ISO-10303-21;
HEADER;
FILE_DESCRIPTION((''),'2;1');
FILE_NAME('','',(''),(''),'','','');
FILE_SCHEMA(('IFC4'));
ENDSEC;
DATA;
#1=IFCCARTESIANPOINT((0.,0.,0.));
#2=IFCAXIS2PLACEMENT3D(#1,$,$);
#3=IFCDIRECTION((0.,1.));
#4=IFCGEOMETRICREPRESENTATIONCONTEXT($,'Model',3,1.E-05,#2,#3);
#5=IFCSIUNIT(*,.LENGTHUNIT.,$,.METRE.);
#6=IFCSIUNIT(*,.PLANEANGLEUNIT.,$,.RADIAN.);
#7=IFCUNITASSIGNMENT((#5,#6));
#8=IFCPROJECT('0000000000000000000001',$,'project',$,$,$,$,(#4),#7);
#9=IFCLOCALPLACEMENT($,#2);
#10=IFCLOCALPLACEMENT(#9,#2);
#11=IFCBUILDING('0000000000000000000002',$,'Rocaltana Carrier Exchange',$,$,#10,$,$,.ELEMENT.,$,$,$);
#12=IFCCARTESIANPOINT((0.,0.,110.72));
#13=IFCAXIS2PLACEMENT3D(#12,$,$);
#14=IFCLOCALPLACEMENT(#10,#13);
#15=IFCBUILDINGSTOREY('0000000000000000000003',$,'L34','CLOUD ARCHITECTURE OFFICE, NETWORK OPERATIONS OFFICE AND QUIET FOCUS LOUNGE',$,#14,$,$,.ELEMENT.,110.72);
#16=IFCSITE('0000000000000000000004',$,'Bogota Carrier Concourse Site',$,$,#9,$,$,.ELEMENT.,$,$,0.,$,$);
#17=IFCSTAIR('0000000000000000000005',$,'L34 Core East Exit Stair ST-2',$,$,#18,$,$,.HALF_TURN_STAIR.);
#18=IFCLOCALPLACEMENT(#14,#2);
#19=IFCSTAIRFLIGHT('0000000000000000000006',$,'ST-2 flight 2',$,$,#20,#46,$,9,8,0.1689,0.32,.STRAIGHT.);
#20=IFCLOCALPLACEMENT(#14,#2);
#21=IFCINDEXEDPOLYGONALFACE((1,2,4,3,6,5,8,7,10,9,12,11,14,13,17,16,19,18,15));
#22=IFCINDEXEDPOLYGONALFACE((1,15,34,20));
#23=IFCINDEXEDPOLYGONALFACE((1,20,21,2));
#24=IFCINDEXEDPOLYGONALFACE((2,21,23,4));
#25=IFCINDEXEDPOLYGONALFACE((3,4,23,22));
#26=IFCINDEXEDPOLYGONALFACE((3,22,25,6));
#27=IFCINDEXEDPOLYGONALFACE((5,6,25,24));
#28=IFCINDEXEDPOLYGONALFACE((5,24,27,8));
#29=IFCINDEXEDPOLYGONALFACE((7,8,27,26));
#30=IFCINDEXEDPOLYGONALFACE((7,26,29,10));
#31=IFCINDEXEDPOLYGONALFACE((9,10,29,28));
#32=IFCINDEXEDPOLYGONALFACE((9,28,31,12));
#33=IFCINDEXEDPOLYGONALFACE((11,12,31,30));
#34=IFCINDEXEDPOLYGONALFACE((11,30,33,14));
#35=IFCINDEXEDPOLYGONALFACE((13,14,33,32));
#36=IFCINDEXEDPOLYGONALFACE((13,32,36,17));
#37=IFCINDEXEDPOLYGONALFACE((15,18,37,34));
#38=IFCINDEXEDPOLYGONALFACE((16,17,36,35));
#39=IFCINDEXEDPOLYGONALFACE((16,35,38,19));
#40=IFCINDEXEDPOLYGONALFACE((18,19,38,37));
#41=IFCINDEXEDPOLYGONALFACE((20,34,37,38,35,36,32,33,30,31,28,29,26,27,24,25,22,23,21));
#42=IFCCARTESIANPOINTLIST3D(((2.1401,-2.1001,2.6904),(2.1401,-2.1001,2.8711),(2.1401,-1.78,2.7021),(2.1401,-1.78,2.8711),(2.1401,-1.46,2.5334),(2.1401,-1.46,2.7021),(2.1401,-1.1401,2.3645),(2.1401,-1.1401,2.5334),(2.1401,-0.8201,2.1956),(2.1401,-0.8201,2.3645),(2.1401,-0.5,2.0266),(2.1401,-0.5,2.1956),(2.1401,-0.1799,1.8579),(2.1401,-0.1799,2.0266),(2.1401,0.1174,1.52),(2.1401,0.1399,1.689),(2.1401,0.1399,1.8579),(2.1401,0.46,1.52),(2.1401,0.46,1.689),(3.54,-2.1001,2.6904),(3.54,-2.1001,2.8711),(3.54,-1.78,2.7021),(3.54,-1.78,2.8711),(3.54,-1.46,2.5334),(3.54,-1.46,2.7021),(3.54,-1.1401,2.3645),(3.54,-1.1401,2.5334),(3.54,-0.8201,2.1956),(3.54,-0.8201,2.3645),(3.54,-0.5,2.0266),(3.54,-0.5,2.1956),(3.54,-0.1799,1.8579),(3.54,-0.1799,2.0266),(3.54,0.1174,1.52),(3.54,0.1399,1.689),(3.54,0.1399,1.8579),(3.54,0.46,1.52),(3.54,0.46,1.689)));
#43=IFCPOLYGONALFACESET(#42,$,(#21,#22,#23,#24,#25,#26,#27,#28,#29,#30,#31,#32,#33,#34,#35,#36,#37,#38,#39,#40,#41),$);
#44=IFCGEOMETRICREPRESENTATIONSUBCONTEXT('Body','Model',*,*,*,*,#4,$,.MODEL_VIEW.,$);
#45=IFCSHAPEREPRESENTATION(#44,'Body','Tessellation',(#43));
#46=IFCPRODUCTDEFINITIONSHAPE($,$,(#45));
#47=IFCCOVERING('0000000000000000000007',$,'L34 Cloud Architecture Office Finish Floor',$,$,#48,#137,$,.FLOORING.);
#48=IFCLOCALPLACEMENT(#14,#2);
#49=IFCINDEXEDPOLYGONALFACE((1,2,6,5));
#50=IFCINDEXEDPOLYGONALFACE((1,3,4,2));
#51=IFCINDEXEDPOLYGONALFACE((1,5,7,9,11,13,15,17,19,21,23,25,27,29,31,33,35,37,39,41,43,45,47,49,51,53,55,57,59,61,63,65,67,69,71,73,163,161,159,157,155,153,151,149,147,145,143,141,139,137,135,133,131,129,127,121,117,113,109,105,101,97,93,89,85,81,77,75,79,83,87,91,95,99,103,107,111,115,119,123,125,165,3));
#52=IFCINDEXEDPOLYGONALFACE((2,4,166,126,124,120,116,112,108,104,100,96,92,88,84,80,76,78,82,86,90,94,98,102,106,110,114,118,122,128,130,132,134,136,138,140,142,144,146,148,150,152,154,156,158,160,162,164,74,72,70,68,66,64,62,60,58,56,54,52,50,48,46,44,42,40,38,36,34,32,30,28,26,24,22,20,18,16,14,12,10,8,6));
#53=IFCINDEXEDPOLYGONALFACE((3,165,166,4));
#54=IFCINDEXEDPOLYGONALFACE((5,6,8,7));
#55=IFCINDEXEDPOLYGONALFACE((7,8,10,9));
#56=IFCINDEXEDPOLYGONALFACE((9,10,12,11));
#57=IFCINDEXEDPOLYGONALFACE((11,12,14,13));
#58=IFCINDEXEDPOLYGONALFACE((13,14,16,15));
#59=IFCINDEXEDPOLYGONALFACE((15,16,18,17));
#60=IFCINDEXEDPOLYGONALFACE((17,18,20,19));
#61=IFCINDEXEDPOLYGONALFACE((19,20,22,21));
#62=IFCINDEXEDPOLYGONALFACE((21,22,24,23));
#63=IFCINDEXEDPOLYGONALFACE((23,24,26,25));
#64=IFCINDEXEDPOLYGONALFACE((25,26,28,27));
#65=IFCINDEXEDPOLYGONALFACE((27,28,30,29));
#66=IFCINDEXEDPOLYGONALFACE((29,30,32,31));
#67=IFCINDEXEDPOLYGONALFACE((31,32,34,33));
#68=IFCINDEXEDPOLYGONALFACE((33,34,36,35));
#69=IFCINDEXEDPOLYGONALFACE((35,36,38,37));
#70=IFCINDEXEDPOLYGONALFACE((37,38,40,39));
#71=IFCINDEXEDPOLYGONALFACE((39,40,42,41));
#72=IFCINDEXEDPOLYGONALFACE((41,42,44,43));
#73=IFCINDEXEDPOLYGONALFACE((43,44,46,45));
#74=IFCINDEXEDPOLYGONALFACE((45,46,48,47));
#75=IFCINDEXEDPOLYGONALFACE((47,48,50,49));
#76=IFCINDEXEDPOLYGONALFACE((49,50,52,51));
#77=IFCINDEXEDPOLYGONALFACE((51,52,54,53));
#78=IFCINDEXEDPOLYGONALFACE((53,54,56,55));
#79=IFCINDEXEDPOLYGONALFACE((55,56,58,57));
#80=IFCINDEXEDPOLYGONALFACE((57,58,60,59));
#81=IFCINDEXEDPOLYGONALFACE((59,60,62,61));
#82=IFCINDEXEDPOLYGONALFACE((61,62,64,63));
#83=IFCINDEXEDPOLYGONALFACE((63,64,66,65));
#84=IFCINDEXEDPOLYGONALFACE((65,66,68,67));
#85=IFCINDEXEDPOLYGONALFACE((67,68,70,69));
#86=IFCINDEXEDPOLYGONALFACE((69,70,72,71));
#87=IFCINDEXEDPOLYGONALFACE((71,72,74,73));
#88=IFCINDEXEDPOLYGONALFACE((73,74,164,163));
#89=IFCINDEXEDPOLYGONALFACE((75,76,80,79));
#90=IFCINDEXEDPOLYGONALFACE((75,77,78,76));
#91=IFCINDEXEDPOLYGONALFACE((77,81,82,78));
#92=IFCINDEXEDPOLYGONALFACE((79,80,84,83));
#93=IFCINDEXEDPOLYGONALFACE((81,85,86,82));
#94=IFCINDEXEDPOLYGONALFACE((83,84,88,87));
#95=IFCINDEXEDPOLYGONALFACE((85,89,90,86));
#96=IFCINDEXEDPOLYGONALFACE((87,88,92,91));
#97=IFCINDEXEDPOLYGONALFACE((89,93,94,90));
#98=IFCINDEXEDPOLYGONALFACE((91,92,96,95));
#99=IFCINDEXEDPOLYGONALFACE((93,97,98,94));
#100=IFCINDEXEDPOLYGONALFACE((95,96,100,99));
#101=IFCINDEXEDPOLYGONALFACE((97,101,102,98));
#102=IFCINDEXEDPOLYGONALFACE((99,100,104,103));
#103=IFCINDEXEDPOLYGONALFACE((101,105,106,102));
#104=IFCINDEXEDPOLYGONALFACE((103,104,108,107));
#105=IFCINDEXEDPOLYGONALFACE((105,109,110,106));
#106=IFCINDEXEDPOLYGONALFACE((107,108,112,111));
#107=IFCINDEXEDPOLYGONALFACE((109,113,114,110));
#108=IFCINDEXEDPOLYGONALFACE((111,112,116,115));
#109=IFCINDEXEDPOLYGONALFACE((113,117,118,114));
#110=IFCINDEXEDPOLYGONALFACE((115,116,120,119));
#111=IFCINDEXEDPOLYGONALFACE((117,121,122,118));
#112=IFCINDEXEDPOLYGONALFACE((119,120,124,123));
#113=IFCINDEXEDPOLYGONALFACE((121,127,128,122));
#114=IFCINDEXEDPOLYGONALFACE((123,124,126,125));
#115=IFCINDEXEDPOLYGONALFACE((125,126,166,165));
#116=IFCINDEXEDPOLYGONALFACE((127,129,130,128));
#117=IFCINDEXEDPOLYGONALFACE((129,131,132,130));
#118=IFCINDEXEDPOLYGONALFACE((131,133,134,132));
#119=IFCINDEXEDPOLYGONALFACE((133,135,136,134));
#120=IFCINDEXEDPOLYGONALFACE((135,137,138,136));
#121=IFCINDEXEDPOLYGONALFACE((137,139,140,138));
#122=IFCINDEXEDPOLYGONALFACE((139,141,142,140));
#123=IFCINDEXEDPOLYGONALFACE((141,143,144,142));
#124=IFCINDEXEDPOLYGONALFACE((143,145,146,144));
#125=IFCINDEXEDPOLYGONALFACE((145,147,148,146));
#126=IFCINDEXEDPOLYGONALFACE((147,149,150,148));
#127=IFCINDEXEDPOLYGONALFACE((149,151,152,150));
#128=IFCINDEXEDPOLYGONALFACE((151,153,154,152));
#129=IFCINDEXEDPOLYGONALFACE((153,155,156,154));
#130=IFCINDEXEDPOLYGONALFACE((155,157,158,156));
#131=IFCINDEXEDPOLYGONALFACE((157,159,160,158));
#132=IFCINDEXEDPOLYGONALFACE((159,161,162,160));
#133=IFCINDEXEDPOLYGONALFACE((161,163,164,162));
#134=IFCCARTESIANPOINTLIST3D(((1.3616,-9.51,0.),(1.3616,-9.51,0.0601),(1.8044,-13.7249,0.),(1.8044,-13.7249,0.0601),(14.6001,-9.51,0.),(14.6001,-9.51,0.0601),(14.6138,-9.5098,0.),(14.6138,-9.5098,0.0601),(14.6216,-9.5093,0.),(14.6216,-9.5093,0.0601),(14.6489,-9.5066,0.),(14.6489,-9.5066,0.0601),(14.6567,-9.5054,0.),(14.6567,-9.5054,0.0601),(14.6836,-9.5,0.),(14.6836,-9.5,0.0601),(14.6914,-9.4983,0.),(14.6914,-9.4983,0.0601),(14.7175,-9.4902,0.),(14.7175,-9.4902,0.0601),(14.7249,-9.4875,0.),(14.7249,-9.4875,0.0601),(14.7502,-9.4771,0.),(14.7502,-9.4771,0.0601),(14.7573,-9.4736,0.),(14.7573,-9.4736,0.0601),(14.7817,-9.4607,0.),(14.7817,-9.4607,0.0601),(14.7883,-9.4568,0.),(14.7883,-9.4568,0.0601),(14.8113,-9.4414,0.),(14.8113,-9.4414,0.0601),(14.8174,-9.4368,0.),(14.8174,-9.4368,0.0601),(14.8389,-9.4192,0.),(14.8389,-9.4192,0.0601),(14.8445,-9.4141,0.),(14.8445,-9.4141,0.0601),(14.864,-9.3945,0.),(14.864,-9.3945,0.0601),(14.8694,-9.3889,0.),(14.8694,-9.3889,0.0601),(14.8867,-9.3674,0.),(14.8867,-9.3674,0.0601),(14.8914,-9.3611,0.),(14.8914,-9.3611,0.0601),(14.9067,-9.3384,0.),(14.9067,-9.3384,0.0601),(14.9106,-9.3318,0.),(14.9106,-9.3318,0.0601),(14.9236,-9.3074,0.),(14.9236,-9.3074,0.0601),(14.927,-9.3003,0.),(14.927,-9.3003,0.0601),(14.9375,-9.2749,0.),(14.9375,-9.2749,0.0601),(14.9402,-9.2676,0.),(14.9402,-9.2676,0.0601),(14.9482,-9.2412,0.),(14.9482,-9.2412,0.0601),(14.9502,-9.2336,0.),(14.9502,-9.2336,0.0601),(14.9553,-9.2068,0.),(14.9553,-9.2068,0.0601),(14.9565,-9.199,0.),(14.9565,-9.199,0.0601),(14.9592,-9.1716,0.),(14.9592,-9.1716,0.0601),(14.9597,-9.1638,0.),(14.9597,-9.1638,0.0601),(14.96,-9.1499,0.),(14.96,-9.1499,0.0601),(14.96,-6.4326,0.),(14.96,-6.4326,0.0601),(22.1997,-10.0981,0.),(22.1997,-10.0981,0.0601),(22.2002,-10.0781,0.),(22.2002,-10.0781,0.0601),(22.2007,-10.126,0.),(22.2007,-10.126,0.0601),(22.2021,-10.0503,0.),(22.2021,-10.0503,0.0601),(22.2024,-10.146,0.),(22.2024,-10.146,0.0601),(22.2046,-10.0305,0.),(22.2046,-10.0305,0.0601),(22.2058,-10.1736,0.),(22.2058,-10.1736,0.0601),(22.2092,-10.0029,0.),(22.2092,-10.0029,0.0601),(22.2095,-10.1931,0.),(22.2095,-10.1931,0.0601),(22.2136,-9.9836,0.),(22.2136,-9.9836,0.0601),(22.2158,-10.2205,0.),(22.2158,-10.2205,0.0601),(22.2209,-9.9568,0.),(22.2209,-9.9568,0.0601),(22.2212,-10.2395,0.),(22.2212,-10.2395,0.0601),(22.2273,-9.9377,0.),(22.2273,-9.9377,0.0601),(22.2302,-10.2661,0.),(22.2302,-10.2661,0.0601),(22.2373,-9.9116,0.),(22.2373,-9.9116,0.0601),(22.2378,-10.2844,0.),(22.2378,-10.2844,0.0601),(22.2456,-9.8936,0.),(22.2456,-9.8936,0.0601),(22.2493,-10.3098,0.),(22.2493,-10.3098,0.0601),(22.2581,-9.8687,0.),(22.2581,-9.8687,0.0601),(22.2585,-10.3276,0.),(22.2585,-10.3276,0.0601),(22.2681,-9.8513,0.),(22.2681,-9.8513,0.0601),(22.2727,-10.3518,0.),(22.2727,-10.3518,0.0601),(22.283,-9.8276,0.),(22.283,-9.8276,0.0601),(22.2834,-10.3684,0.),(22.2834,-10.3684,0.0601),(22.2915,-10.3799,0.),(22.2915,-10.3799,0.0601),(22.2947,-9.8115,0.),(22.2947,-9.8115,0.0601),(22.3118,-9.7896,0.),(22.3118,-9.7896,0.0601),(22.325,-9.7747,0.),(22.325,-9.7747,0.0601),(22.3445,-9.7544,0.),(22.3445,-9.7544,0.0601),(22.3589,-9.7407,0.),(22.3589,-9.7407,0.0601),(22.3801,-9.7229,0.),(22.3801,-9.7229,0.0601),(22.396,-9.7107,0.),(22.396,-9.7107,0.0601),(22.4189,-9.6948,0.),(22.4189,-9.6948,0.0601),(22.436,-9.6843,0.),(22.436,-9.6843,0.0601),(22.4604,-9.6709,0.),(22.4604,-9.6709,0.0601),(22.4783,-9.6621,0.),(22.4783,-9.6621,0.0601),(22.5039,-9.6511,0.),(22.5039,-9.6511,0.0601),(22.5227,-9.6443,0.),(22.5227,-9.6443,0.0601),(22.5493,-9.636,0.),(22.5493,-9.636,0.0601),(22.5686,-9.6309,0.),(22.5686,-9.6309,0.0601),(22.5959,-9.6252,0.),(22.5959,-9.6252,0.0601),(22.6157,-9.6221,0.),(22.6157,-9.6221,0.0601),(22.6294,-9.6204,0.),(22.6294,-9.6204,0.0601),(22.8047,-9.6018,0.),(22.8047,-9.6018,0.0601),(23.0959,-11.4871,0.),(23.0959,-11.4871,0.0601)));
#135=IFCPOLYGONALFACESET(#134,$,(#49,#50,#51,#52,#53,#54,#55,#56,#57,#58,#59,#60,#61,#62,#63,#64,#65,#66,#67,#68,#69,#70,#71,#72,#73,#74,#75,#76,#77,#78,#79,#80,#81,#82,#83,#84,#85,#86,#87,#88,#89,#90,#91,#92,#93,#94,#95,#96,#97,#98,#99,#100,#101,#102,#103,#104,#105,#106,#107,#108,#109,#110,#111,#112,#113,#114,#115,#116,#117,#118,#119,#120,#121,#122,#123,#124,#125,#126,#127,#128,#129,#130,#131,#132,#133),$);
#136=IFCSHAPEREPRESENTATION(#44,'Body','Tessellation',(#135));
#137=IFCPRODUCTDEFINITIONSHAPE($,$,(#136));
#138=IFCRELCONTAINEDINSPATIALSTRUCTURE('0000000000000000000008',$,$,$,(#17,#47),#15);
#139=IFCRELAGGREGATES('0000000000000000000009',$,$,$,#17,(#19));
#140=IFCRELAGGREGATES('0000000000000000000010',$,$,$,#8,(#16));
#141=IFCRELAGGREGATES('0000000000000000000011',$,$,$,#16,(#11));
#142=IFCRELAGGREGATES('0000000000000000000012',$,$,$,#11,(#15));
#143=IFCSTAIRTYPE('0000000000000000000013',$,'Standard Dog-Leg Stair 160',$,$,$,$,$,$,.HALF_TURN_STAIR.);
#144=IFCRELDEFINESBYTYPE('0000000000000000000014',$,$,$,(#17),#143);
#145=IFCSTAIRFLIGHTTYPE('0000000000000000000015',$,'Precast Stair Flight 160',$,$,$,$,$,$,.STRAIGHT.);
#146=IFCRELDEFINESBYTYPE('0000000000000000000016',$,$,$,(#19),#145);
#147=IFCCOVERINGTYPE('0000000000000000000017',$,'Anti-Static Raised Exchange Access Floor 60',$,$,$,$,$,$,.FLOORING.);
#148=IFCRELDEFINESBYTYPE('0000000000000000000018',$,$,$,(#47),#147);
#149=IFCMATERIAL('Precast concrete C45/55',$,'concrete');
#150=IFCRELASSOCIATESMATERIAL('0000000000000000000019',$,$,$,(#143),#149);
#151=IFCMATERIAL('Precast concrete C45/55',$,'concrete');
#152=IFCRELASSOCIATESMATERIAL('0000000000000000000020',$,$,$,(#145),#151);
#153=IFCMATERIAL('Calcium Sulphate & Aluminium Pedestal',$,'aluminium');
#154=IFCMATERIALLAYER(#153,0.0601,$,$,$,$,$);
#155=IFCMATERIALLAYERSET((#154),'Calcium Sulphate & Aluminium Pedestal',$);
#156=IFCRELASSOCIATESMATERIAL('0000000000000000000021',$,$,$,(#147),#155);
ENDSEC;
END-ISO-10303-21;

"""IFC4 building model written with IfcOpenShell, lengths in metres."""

from ifc_helpers import new_model, si_unit, direction, frame, origin, place, context, subcontext, project, spatial, polyline, outline, extrude, material, layer, layer_set, type_object, element, aggregate, save


model = new_model("IFC4")

# Units and contexts
model_context = context("Model", 3, precision=1e-05, world=origin(), true_north=direction((0.0, 1.0)))
body_context = subcontext(model_context, "Body", "Model", "MODEL_VIEW")
ifc_project = project(units=[si_unit("LENGTHUNIT", "METRE"), si_unit("PLANEANGLEUNIT", "RADIAN")], contexts=[model_context])

# Site, building, storey
site_placement = place(None, origin())
site = spatial("IfcSite", under=ifc_project, at=site_placement, Name="Bogota Carrier Concourse Site", CompositionType="ELEMENT", RefElevation=0.0)
building_placement = place(site_placement, origin())
building = spatial("IfcBuilding", under=site, at=building_placement, Name="Rocaltana Carrier Exchange", CompositionType="ELEMENT")
storey_placement = place(building_placement, frame((0.0, 0.0, 110.72)))
storey = spatial("IfcBuildingStorey", under=building, at=storey_placement, Name="L34", Description="CLOUD ARCHITECTURE OFFICE, NETWORK OPERATIONS OFFICE AND QUIET FOCUS LOUNGE", CompositionType="ELEMENT", Elevation=110.72)

# Stair, stair flight
ifc_material_1 = material(Name="Precast concrete C45/55", Category="concrete")
stair_type = type_object("IfcStairType", Name="Standard Dog-Leg Stair 160", PredefinedType="HALF_TURN_STAIR", material=ifc_material_1)
stair_placement = place(storey_placement, origin())
stair = element("IfcStair", 1, at=stair_placement, inside=storey, type_object=stair_type, Name="L34 Core East Exit Stair ST-2", PredefinedType="HALF_TURN_STAIR")
ifc_material_2 = material(Name="Precast concrete C45/55", Category="concrete")
stair_flight_type = type_object("IfcStairFlightType", Name="Precast Stair Flight 160", PredefinedType="STRAIGHT", material=ifc_material_2)
stair_flight_placement = place(storey_placement, frame((2.8401, 0.46, 1.52), z_axis=(0.0, 0.0, 1.0), x_axis=(0.0, -1.0, 0.0)))
stair_flight = element("IfcStairFlight", 2, at=stair_flight_placement, type_object=stair_flight_type, Name="ST-2 flight 2", NumberOfRisers=9, NumberOfTreads=8, PredefinedType="STRAIGHT", RiserHeight=0.1689, TreadLength=0.32, context=body_context, shape_type="SweptSolid", body=[
    extrude(outline(polyline([(0.0, 0.0), (0.0, 0.1689), (0.3201, 0.1689), (0.3201, 0.3379), (0.6399, 0.3379), (0.6399, 0.5066), (0.96, 0.5066), (0.96, 0.6755), (1.28, 0.6755), (1.28, 0.8445), (1.6001, 0.8445), (1.6001, 1.0134), (1.9199, 1.0134), (1.9199, 1.1821), (2.24, 1.1821), (2.24, 1.3511), (2.5601, 1.3511), (2.5601, 1.52), (2.5601, 1.1704), (0.3425, 0.0), (0.0, 0.0)])), frame((0.0, 0.7, 0.0), z_axis=(0.0, -1.0, 0.0), x_axis=(1.0, 0.0, 0.0)), (0.0, 0.0, 1.0), 1.3999),
])
aggregate(stair, [stair_flight])

# Covering
ifc_material_3 = material(Name="Calcium Sulphate & Aluminium Pedestal", Category="aluminium")
ifc_layer_1 = layer(ifc_material_3, 0.0601)
ifc_layer_set_1 = layer_set([ifc_layer_1], Name="Calcium Sulphate & Aluminium Pedestal")
covering_type_1 = type_object("IfcCoveringType", Name="Anti-Static Raised Exchange Access Floor 60", PredefinedType="FLOORING", material=ifc_layer_set_1)
covering_1_placement = place(storey_placement, origin())
element("IfcCovering", 3, at=covering_1_placement, inside=storey, type_object=covering_type_1, Name="L34 Cloud Architecture Office Finish Floor", PredefinedType="FLOORING", context=body_context, shape_type="SweptSolid", body=[
    extrude(outline(polyline([(22.6294, -9.6204), (22.6157, -9.6221), (22.5959, -9.6252), (22.5686, -9.6309), (22.5493, -9.636), (22.5227, -9.6443), (22.5039, -9.6511), (22.4783, -9.6621), (22.4604, -9.6709), (22.436, -9.6843), (22.4189, -9.6948), (22.396, -9.7107), (22.3801, -9.7229), (22.3589, -9.7407), (22.3445, -9.7544), (22.325, -9.7747), (22.3118, -9.7896), (22.2947, -9.8115), (22.283, -9.8276), (22.2681, -9.8513), (22.2581, -9.8687), (22.2456, -9.8936), (22.2373, -9.9116), (22.2273, -9.9377), (22.2209, -9.9568), (22.2136, -9.9836), (22.2092, -10.0029), (22.2046, -10.0305), (22.2021, -10.0503), (22.2002, -10.0781), (22.1997, -10.0981), (22.2007, -10.126), (22.2024, -10.146), (22.2058, -10.1736), (22.2095, -10.1931), (22.2158, -10.2205), (22.2212, -10.2395), (22.2302, -10.2661), (22.2378, -10.2844), (22.2493, -10.3098), (22.2585, -10.3276), (22.2727, -10.3518), (22.2834, -10.3684), (22.2915, -10.3799), (23.0959, -11.4871), (1.8044, -13.7249), (1.3616, -9.51), (14.6001, -9.51), (14.6138, -9.5098), (14.6216, -9.5093), (14.6489, -9.5066), (14.6567, -9.5054), (14.6836, -9.5), (14.6914, -9.4983), (14.7175, -9.4902), (14.7249, -9.4875), (14.7502, -9.4771), (14.7573, -9.4736), (14.7817, -9.4607), (14.7883, -9.4568), (14.8113, -9.4414), (14.8174, -9.4368), (14.8389, -9.4192), (14.8445, -9.4141), (14.864, -9.3945), (14.8694, -9.3889), (14.8867, -9.3674), (14.8914, -9.3611), (14.9067, -9.3384), (14.9106, -9.3318), (14.9236, -9.3074), (14.927, -9.3003), (14.9375, -9.2749), (14.9402, -9.2676), (14.9482, -9.2412), (14.9502, -9.2336), (14.9553, -9.2068), (14.9565, -9.199), (14.9592, -9.1716), (14.9597, -9.1638), (14.96, -9.1499), (14.96, -6.4326), (22.8047, -9.6018), (22.6294, -9.6204)])), origin(), (0.0, 0.0, 1.0), 0.0601),
])

save(model, "model.ifc")
